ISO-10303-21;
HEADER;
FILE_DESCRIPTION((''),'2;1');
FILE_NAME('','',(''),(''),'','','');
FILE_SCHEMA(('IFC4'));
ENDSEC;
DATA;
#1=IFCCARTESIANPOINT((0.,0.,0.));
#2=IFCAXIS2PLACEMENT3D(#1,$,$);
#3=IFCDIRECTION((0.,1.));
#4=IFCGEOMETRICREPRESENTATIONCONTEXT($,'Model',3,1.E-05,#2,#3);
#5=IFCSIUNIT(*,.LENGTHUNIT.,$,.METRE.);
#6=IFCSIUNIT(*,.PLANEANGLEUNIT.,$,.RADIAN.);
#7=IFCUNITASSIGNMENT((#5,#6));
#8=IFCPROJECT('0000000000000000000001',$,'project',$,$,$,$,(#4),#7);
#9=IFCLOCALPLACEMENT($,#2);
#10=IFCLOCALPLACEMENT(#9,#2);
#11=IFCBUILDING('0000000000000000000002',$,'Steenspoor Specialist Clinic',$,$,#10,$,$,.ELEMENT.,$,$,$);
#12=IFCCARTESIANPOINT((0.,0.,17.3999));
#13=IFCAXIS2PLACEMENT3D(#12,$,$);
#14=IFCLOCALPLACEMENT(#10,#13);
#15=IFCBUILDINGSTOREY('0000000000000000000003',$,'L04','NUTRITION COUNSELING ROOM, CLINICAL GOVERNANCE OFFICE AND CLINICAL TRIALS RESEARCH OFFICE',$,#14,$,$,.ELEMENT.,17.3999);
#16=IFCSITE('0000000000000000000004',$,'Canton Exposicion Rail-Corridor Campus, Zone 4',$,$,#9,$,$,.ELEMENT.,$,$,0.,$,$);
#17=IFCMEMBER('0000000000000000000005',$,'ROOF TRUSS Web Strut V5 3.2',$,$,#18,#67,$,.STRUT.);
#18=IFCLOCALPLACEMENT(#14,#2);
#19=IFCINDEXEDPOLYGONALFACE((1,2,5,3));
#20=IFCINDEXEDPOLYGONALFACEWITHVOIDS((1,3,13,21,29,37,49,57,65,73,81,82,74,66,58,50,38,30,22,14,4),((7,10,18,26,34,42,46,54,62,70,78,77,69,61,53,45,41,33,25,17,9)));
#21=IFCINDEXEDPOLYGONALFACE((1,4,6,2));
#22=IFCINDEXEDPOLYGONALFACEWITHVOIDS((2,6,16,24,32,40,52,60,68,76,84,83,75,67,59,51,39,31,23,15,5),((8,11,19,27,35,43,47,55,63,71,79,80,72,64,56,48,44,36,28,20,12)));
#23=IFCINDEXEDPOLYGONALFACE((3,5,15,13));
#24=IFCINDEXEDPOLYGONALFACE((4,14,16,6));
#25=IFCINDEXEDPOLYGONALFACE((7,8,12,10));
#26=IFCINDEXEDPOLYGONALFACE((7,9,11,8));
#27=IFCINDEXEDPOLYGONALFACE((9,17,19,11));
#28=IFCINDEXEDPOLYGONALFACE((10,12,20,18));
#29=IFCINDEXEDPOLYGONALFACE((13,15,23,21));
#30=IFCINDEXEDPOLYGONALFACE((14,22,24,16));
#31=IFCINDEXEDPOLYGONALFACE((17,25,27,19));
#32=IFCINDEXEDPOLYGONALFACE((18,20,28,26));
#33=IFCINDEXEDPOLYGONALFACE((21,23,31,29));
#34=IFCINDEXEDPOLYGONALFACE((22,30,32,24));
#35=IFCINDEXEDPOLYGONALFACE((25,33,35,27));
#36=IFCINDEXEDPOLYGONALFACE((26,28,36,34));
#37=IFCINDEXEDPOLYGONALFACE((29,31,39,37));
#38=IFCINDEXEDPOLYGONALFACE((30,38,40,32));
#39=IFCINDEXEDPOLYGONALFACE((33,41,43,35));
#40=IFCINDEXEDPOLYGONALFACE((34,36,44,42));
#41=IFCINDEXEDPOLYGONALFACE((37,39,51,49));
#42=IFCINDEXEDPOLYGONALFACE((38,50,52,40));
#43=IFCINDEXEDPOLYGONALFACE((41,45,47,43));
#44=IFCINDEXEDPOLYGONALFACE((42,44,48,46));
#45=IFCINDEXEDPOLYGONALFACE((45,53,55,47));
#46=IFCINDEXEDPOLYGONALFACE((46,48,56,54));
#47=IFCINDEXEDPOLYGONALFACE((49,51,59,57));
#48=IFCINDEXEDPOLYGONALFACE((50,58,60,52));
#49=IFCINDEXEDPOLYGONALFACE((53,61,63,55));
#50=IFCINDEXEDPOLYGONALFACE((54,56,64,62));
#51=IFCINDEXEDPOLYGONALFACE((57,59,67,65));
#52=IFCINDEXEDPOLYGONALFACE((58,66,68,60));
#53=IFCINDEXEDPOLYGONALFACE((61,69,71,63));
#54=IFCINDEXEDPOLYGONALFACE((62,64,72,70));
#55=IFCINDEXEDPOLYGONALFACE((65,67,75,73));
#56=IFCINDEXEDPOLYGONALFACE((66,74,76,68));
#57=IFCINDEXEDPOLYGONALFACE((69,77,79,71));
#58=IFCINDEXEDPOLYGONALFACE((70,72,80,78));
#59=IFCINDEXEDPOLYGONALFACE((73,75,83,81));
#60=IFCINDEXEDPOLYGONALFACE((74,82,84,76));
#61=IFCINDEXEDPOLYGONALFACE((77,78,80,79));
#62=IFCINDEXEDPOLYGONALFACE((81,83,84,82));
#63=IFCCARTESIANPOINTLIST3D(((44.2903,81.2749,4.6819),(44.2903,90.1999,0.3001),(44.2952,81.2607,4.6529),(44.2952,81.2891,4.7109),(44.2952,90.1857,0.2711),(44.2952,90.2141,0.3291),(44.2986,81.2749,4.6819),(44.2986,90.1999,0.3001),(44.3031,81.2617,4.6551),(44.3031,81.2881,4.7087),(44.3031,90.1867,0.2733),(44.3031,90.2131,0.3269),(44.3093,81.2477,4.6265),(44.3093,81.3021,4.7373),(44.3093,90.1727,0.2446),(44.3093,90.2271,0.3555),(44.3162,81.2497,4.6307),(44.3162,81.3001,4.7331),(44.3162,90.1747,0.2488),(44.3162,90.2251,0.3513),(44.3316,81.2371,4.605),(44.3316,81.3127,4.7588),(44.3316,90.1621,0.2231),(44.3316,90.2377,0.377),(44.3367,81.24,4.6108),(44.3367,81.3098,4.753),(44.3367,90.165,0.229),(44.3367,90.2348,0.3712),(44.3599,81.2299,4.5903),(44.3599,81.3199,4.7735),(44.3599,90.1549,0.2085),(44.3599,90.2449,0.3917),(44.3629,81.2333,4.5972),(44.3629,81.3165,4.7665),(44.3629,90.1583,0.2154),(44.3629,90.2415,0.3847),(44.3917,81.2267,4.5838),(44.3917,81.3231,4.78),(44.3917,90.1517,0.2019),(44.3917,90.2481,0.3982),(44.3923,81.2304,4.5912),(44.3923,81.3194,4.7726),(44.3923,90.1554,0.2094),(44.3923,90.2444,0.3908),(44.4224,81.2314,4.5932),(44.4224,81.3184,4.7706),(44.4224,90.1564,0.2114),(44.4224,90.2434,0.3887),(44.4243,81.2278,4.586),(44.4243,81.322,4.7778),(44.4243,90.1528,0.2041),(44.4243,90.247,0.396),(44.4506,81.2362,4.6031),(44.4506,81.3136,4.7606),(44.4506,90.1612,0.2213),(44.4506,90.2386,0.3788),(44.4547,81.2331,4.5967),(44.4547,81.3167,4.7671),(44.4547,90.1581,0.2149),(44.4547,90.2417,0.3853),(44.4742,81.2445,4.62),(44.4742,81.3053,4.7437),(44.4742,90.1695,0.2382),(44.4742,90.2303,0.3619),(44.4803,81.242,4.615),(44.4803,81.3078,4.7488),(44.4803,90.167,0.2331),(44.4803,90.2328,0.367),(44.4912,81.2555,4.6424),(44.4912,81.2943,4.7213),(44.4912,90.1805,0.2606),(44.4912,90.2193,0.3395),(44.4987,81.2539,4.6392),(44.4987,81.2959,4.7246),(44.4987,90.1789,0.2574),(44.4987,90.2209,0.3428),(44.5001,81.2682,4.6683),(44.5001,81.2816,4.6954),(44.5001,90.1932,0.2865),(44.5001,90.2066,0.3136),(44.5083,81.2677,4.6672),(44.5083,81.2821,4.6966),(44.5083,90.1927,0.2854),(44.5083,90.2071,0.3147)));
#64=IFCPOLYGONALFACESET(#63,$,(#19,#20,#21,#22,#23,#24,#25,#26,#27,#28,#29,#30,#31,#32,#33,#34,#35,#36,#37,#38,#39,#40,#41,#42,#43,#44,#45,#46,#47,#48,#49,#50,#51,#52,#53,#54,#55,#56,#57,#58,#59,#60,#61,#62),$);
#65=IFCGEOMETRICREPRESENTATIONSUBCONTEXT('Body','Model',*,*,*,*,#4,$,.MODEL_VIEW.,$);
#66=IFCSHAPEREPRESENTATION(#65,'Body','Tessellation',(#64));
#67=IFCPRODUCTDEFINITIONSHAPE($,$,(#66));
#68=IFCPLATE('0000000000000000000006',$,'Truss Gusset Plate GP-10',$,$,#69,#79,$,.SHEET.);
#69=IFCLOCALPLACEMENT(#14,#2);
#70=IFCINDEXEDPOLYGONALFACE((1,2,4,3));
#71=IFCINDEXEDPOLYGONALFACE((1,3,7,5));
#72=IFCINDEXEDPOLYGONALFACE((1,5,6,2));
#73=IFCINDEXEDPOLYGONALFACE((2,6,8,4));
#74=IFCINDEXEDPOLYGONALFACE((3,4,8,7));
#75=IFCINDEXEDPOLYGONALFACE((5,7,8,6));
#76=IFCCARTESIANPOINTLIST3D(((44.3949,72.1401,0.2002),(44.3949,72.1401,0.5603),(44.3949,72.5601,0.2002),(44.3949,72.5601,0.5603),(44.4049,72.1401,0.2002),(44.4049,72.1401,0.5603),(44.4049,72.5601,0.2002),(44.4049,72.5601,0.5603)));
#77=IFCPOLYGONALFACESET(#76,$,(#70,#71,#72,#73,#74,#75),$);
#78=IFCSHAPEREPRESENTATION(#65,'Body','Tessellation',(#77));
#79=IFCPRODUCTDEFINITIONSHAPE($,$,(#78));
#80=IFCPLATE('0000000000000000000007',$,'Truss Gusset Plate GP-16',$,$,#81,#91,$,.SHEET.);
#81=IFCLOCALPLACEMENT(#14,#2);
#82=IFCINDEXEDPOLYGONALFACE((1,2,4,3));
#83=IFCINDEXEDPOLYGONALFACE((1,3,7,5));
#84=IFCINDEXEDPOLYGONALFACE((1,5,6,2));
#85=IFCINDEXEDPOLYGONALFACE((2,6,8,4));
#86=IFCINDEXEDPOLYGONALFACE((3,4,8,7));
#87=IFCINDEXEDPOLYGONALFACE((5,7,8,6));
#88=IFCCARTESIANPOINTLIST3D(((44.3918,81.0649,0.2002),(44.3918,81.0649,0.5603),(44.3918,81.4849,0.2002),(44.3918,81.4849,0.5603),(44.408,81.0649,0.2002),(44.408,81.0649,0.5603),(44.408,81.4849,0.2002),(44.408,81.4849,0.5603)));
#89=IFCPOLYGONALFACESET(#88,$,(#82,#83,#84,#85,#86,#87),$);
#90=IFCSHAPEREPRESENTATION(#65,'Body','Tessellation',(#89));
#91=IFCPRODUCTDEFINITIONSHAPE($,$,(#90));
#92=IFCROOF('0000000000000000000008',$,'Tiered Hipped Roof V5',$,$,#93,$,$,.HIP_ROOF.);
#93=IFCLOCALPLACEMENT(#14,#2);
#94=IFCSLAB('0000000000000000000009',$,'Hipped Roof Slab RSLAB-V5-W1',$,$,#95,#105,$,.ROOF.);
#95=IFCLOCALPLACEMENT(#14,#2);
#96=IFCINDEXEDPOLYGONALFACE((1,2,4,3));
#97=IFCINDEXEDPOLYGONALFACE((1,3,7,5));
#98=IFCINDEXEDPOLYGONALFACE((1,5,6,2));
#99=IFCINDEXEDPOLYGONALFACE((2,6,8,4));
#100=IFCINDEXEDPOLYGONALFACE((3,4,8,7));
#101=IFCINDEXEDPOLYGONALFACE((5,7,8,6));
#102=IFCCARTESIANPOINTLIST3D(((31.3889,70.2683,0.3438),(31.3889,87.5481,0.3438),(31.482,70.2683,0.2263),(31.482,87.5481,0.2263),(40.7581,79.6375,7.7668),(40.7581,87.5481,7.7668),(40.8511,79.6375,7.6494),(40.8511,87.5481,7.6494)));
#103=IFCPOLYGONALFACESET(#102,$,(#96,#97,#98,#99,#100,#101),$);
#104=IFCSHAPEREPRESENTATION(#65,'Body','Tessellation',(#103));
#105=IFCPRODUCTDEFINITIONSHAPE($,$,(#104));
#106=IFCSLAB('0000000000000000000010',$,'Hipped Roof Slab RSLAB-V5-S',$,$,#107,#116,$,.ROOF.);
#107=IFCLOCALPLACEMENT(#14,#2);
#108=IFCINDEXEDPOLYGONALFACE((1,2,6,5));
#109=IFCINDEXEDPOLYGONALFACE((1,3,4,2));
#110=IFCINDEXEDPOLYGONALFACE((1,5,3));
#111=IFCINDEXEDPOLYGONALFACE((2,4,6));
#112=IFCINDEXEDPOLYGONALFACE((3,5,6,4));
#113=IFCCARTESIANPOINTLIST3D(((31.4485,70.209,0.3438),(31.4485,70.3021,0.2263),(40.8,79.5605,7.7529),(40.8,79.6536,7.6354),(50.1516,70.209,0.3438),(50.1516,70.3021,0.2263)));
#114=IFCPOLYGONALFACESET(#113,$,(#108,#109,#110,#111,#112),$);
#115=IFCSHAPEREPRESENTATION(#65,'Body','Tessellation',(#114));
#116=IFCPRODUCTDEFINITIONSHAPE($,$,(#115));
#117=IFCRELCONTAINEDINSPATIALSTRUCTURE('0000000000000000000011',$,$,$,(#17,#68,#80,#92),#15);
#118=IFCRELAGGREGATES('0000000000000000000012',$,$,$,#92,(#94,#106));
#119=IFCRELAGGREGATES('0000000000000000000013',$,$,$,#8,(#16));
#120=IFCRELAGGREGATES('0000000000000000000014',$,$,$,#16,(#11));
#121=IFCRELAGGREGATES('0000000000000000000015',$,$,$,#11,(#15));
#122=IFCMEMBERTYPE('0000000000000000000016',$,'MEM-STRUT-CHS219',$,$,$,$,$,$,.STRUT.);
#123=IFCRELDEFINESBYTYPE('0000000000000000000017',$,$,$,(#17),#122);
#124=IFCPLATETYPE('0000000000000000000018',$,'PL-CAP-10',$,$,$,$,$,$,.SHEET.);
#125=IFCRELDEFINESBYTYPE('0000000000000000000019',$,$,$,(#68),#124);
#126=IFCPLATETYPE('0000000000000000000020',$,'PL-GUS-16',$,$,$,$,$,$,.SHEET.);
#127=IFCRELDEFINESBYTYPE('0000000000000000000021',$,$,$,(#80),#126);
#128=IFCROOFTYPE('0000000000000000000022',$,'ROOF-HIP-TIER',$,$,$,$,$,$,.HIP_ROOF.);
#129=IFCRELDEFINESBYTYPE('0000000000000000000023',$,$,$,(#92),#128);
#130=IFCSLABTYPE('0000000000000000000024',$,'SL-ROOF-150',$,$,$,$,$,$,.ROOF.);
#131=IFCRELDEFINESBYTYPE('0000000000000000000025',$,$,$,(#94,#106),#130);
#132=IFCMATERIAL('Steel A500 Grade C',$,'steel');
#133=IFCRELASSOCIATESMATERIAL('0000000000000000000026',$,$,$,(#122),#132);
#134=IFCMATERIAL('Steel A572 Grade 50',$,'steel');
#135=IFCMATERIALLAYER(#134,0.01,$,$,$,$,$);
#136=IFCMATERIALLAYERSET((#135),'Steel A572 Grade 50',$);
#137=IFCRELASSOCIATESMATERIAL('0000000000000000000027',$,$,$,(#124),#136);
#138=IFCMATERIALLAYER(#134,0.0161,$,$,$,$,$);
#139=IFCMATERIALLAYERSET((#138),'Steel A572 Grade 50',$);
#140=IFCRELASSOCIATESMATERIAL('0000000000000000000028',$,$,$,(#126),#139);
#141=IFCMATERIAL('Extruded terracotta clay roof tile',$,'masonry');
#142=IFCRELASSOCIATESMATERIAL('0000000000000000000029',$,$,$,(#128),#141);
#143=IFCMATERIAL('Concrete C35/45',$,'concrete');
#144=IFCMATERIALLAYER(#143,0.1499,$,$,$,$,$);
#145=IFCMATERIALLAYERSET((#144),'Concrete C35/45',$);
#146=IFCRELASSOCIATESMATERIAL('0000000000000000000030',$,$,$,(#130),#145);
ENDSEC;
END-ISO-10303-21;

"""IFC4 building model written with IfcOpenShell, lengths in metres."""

from ifc_helpers import new_model, si_unit, direction, frame, origin, origin_2d, place, context, subcontext, project, spatial, polyline, rectangle, hollow_circle, outline, extrude, material, layer, layer_set, material_profile, profile_set, type_object, element, aggregate, save


model = new_model("IFC4")

# Units and contexts
model_context = context("Model", 3, precision=1e-05, world=origin(), true_north=direction((0.0, 1.0)))
body_context = subcontext(model_context, "Body", "Model", "MODEL_VIEW")
ifc_project = project(units=[si_unit("LENGTHUNIT", "METRE"), si_unit("PLANEANGLEUNIT", "RADIAN")], contexts=[model_context])

# Site, building, storey
site_placement = place(None, origin())
site = spatial("IfcSite", under=ifc_project, at=site_placement, Name="Canton Exposicion Rail-Corridor Campus, Zone 4", CompositionType="ELEMENT", RefElevation=0.0)
building_placement = place(site_placement, origin())
building = spatial("IfcBuilding", under=site, at=building_placement, Name="Steenspoor Specialist Clinic", CompositionType="ELEMENT")
storey_placement = place(building_placement, frame((0.0, 0.0, 17.3999)))
storey = spatial("IfcBuildingStorey", under=building, at=storey_placement, Name="L04", Description="NUTRITION COUNSELING ROOM, CLINICAL GOVERNANCE OFFICE AND CLINICAL TRIALS RESEARCH OFFICE", CompositionType="ELEMENT", Elevation=17.3999)

# Member
ifc_material_1 = material(Name="Steel A500 Grade C", Category="steel")
ifc_material_profile_1 = material_profile(ifc_material_1, hollow_circle(Radius=0.1096, WallThickness=0.0083, at=origin_2d()), Name="CHS219X8.2")
ifc_profile_set_1 = profile_set([ifc_material_profile_1], Name="Steel A500 Grade C")
member_type_1 = type_object("IfcMemberType", Name="MEM-STRUT-CHS219", PredefinedType="STRUT", material=ifc_profile_set_1)
member_1_placement = place(storey_placement, frame((44.3999, 81.2749, 4.6819), z_axis=(0.0, 0.89765, -0.44071), x_axis=(-1.0, 0.0, 0.0)))
element("IfcMember", 1, at=member_1_placement, inside=storey, type_object=member_type_1, Name="ROOF TRUSS Web Strut V5 3.2", PredefinedType="STRUT", context=body_context, shape_type="SweptSolid", body=[
    extrude(hollow_circle(Radius=0.1096, WallThickness=0.0083, at=origin_2d()), origin(), (0.0, 0.0, 1.0), 9.9426),
])

# Plates
ifc_material_2 = material(Name="Steel A572 Grade 50", Category="steel")
ifc_layer_1 = layer(ifc_material_2, 0.01)
ifc_layer_set_1 = layer_set([ifc_layer_1], Name="Steel A572 Grade 50")
plate_type_1 = type_object("IfcPlateType", Name="PL-CAP-10", PredefinedType="SHEET", material=ifc_layer_set_1)
plate_1_placement = place(storey_placement, frame((44.3999, 72.3501, 0.2002), z_axis=(0.0, 0.0, 1.0), x_axis=(1.0, 0.0, 0.0)))
element("IfcPlate", 2, at=plate_1_placement, inside=storey, type_object=plate_type_1, Name="Truss Gusset Plate GP-10", PredefinedType="SHEET", context=body_context, shape_type="SweptSolid", body=[
    extrude(rectangle(XDim=0.01, YDim=0.4199, at=origin_2d()), origin(), (0.0, 0.0, 1.0), 0.3601),
])
ifc_layer_2 = layer(ifc_material_2, 0.0161)
ifc_layer_set_2 = layer_set([ifc_layer_2], Name="Steel A572 Grade 50")
plate_type_2 = type_object("IfcPlateType", Name="PL-GUS-16", PredefinedType="SHEET", material=ifc_layer_set_2)
plate_2_placement = place(storey_placement, frame((44.3999, 81.2749, 0.2002), z_axis=(0.0, 0.0, 1.0), x_axis=(1.0, 0.0, 0.0)))
element("IfcPlate", 3, at=plate_2_placement, inside=storey, type_object=plate_type_2, Name="Truss Gusset Plate GP-16", PredefinedType="SHEET", context=body_context, shape_type="SweptSolid", body=[
    extrude(rectangle(XDim=0.0161, YDim=0.4199, at=origin_2d()), origin(), (0.0, 0.0, 1.0), 0.3601),
])

# Roof, slabs
ifc_material_3 = material(Name="Extruded terracotta clay roof tile", Category="masonry")
roof_type = type_object("IfcRoofType", Name="ROOF-HIP-TIER", PredefinedType="HIP_ROOF", material=ifc_material_3)
roof_placement = place(storey_placement, origin())
roof = element("IfcRoof", 4, at=roof_placement, inside=storey, type_object=roof_type, Name="Tiered Hipped Roof V5", PredefinedType="HIP_ROOF")
ifc_material_4 = material(Name="Concrete C35/45", Category="concrete")
ifc_layer_3 = layer(ifc_material_4, 0.1499)
ifc_layer_set_3 = layer_set([ifc_layer_3], Name="Concrete C35/45")
slab_type = type_object("IfcSlabType", Name="SL-ROOF-150", PredefinedType="ROOF", material=ifc_layer_set_3)
slab_1_placement = place(storey_placement, frame((40.7581, 79.6375, 7.7668), z_axis=(-0.621004, 0.0, 0.783807), x_axis=(0.0, 1.0, 0.0)))
slab_1 = element("IfcSlab", 5, at=slab_1_placement, type_object=slab_type, Name="Hipped Roof Slab RSLAB-V5-W1", PredefinedType="ROOF", context=body_context, shape_type="SweptSolid", body=[
    extrude(outline(polyline([(0.0, 0.0), (7.9106, 0.0), (7.9106, 11.9534), (-9.3691, 11.9534), (0.0, 0.0)])), origin(), (0.0, 0.0, -1.0), 0.1499),
])
slab_2_placement = place(storey_placement, frame((40.8, 79.5605, 7.7529), z_axis=(0.0, -0.621005, 0.783807), x_axis=(-0.616893, -0.616893, -0.48876)))
slab_2 = element("IfcSlab", 6, at=slab_2_placement, type_object=slab_type, Name="Hipped Roof Slab RSLAB-V5-S", PredefinedType="ROOF", context=body_context, shape_type="SweptSolid", body=[
    extrude(outline(polyline([(0.0, 0.0), (15.1591, 0.0), (3.6213, 14.7202), (0.0, 0.0)])), origin(), (0.0, 0.0, -1.0), 0.1499),
])
aggregate(roof, [slab_1, slab_2])

save(model, "model.ifc")
